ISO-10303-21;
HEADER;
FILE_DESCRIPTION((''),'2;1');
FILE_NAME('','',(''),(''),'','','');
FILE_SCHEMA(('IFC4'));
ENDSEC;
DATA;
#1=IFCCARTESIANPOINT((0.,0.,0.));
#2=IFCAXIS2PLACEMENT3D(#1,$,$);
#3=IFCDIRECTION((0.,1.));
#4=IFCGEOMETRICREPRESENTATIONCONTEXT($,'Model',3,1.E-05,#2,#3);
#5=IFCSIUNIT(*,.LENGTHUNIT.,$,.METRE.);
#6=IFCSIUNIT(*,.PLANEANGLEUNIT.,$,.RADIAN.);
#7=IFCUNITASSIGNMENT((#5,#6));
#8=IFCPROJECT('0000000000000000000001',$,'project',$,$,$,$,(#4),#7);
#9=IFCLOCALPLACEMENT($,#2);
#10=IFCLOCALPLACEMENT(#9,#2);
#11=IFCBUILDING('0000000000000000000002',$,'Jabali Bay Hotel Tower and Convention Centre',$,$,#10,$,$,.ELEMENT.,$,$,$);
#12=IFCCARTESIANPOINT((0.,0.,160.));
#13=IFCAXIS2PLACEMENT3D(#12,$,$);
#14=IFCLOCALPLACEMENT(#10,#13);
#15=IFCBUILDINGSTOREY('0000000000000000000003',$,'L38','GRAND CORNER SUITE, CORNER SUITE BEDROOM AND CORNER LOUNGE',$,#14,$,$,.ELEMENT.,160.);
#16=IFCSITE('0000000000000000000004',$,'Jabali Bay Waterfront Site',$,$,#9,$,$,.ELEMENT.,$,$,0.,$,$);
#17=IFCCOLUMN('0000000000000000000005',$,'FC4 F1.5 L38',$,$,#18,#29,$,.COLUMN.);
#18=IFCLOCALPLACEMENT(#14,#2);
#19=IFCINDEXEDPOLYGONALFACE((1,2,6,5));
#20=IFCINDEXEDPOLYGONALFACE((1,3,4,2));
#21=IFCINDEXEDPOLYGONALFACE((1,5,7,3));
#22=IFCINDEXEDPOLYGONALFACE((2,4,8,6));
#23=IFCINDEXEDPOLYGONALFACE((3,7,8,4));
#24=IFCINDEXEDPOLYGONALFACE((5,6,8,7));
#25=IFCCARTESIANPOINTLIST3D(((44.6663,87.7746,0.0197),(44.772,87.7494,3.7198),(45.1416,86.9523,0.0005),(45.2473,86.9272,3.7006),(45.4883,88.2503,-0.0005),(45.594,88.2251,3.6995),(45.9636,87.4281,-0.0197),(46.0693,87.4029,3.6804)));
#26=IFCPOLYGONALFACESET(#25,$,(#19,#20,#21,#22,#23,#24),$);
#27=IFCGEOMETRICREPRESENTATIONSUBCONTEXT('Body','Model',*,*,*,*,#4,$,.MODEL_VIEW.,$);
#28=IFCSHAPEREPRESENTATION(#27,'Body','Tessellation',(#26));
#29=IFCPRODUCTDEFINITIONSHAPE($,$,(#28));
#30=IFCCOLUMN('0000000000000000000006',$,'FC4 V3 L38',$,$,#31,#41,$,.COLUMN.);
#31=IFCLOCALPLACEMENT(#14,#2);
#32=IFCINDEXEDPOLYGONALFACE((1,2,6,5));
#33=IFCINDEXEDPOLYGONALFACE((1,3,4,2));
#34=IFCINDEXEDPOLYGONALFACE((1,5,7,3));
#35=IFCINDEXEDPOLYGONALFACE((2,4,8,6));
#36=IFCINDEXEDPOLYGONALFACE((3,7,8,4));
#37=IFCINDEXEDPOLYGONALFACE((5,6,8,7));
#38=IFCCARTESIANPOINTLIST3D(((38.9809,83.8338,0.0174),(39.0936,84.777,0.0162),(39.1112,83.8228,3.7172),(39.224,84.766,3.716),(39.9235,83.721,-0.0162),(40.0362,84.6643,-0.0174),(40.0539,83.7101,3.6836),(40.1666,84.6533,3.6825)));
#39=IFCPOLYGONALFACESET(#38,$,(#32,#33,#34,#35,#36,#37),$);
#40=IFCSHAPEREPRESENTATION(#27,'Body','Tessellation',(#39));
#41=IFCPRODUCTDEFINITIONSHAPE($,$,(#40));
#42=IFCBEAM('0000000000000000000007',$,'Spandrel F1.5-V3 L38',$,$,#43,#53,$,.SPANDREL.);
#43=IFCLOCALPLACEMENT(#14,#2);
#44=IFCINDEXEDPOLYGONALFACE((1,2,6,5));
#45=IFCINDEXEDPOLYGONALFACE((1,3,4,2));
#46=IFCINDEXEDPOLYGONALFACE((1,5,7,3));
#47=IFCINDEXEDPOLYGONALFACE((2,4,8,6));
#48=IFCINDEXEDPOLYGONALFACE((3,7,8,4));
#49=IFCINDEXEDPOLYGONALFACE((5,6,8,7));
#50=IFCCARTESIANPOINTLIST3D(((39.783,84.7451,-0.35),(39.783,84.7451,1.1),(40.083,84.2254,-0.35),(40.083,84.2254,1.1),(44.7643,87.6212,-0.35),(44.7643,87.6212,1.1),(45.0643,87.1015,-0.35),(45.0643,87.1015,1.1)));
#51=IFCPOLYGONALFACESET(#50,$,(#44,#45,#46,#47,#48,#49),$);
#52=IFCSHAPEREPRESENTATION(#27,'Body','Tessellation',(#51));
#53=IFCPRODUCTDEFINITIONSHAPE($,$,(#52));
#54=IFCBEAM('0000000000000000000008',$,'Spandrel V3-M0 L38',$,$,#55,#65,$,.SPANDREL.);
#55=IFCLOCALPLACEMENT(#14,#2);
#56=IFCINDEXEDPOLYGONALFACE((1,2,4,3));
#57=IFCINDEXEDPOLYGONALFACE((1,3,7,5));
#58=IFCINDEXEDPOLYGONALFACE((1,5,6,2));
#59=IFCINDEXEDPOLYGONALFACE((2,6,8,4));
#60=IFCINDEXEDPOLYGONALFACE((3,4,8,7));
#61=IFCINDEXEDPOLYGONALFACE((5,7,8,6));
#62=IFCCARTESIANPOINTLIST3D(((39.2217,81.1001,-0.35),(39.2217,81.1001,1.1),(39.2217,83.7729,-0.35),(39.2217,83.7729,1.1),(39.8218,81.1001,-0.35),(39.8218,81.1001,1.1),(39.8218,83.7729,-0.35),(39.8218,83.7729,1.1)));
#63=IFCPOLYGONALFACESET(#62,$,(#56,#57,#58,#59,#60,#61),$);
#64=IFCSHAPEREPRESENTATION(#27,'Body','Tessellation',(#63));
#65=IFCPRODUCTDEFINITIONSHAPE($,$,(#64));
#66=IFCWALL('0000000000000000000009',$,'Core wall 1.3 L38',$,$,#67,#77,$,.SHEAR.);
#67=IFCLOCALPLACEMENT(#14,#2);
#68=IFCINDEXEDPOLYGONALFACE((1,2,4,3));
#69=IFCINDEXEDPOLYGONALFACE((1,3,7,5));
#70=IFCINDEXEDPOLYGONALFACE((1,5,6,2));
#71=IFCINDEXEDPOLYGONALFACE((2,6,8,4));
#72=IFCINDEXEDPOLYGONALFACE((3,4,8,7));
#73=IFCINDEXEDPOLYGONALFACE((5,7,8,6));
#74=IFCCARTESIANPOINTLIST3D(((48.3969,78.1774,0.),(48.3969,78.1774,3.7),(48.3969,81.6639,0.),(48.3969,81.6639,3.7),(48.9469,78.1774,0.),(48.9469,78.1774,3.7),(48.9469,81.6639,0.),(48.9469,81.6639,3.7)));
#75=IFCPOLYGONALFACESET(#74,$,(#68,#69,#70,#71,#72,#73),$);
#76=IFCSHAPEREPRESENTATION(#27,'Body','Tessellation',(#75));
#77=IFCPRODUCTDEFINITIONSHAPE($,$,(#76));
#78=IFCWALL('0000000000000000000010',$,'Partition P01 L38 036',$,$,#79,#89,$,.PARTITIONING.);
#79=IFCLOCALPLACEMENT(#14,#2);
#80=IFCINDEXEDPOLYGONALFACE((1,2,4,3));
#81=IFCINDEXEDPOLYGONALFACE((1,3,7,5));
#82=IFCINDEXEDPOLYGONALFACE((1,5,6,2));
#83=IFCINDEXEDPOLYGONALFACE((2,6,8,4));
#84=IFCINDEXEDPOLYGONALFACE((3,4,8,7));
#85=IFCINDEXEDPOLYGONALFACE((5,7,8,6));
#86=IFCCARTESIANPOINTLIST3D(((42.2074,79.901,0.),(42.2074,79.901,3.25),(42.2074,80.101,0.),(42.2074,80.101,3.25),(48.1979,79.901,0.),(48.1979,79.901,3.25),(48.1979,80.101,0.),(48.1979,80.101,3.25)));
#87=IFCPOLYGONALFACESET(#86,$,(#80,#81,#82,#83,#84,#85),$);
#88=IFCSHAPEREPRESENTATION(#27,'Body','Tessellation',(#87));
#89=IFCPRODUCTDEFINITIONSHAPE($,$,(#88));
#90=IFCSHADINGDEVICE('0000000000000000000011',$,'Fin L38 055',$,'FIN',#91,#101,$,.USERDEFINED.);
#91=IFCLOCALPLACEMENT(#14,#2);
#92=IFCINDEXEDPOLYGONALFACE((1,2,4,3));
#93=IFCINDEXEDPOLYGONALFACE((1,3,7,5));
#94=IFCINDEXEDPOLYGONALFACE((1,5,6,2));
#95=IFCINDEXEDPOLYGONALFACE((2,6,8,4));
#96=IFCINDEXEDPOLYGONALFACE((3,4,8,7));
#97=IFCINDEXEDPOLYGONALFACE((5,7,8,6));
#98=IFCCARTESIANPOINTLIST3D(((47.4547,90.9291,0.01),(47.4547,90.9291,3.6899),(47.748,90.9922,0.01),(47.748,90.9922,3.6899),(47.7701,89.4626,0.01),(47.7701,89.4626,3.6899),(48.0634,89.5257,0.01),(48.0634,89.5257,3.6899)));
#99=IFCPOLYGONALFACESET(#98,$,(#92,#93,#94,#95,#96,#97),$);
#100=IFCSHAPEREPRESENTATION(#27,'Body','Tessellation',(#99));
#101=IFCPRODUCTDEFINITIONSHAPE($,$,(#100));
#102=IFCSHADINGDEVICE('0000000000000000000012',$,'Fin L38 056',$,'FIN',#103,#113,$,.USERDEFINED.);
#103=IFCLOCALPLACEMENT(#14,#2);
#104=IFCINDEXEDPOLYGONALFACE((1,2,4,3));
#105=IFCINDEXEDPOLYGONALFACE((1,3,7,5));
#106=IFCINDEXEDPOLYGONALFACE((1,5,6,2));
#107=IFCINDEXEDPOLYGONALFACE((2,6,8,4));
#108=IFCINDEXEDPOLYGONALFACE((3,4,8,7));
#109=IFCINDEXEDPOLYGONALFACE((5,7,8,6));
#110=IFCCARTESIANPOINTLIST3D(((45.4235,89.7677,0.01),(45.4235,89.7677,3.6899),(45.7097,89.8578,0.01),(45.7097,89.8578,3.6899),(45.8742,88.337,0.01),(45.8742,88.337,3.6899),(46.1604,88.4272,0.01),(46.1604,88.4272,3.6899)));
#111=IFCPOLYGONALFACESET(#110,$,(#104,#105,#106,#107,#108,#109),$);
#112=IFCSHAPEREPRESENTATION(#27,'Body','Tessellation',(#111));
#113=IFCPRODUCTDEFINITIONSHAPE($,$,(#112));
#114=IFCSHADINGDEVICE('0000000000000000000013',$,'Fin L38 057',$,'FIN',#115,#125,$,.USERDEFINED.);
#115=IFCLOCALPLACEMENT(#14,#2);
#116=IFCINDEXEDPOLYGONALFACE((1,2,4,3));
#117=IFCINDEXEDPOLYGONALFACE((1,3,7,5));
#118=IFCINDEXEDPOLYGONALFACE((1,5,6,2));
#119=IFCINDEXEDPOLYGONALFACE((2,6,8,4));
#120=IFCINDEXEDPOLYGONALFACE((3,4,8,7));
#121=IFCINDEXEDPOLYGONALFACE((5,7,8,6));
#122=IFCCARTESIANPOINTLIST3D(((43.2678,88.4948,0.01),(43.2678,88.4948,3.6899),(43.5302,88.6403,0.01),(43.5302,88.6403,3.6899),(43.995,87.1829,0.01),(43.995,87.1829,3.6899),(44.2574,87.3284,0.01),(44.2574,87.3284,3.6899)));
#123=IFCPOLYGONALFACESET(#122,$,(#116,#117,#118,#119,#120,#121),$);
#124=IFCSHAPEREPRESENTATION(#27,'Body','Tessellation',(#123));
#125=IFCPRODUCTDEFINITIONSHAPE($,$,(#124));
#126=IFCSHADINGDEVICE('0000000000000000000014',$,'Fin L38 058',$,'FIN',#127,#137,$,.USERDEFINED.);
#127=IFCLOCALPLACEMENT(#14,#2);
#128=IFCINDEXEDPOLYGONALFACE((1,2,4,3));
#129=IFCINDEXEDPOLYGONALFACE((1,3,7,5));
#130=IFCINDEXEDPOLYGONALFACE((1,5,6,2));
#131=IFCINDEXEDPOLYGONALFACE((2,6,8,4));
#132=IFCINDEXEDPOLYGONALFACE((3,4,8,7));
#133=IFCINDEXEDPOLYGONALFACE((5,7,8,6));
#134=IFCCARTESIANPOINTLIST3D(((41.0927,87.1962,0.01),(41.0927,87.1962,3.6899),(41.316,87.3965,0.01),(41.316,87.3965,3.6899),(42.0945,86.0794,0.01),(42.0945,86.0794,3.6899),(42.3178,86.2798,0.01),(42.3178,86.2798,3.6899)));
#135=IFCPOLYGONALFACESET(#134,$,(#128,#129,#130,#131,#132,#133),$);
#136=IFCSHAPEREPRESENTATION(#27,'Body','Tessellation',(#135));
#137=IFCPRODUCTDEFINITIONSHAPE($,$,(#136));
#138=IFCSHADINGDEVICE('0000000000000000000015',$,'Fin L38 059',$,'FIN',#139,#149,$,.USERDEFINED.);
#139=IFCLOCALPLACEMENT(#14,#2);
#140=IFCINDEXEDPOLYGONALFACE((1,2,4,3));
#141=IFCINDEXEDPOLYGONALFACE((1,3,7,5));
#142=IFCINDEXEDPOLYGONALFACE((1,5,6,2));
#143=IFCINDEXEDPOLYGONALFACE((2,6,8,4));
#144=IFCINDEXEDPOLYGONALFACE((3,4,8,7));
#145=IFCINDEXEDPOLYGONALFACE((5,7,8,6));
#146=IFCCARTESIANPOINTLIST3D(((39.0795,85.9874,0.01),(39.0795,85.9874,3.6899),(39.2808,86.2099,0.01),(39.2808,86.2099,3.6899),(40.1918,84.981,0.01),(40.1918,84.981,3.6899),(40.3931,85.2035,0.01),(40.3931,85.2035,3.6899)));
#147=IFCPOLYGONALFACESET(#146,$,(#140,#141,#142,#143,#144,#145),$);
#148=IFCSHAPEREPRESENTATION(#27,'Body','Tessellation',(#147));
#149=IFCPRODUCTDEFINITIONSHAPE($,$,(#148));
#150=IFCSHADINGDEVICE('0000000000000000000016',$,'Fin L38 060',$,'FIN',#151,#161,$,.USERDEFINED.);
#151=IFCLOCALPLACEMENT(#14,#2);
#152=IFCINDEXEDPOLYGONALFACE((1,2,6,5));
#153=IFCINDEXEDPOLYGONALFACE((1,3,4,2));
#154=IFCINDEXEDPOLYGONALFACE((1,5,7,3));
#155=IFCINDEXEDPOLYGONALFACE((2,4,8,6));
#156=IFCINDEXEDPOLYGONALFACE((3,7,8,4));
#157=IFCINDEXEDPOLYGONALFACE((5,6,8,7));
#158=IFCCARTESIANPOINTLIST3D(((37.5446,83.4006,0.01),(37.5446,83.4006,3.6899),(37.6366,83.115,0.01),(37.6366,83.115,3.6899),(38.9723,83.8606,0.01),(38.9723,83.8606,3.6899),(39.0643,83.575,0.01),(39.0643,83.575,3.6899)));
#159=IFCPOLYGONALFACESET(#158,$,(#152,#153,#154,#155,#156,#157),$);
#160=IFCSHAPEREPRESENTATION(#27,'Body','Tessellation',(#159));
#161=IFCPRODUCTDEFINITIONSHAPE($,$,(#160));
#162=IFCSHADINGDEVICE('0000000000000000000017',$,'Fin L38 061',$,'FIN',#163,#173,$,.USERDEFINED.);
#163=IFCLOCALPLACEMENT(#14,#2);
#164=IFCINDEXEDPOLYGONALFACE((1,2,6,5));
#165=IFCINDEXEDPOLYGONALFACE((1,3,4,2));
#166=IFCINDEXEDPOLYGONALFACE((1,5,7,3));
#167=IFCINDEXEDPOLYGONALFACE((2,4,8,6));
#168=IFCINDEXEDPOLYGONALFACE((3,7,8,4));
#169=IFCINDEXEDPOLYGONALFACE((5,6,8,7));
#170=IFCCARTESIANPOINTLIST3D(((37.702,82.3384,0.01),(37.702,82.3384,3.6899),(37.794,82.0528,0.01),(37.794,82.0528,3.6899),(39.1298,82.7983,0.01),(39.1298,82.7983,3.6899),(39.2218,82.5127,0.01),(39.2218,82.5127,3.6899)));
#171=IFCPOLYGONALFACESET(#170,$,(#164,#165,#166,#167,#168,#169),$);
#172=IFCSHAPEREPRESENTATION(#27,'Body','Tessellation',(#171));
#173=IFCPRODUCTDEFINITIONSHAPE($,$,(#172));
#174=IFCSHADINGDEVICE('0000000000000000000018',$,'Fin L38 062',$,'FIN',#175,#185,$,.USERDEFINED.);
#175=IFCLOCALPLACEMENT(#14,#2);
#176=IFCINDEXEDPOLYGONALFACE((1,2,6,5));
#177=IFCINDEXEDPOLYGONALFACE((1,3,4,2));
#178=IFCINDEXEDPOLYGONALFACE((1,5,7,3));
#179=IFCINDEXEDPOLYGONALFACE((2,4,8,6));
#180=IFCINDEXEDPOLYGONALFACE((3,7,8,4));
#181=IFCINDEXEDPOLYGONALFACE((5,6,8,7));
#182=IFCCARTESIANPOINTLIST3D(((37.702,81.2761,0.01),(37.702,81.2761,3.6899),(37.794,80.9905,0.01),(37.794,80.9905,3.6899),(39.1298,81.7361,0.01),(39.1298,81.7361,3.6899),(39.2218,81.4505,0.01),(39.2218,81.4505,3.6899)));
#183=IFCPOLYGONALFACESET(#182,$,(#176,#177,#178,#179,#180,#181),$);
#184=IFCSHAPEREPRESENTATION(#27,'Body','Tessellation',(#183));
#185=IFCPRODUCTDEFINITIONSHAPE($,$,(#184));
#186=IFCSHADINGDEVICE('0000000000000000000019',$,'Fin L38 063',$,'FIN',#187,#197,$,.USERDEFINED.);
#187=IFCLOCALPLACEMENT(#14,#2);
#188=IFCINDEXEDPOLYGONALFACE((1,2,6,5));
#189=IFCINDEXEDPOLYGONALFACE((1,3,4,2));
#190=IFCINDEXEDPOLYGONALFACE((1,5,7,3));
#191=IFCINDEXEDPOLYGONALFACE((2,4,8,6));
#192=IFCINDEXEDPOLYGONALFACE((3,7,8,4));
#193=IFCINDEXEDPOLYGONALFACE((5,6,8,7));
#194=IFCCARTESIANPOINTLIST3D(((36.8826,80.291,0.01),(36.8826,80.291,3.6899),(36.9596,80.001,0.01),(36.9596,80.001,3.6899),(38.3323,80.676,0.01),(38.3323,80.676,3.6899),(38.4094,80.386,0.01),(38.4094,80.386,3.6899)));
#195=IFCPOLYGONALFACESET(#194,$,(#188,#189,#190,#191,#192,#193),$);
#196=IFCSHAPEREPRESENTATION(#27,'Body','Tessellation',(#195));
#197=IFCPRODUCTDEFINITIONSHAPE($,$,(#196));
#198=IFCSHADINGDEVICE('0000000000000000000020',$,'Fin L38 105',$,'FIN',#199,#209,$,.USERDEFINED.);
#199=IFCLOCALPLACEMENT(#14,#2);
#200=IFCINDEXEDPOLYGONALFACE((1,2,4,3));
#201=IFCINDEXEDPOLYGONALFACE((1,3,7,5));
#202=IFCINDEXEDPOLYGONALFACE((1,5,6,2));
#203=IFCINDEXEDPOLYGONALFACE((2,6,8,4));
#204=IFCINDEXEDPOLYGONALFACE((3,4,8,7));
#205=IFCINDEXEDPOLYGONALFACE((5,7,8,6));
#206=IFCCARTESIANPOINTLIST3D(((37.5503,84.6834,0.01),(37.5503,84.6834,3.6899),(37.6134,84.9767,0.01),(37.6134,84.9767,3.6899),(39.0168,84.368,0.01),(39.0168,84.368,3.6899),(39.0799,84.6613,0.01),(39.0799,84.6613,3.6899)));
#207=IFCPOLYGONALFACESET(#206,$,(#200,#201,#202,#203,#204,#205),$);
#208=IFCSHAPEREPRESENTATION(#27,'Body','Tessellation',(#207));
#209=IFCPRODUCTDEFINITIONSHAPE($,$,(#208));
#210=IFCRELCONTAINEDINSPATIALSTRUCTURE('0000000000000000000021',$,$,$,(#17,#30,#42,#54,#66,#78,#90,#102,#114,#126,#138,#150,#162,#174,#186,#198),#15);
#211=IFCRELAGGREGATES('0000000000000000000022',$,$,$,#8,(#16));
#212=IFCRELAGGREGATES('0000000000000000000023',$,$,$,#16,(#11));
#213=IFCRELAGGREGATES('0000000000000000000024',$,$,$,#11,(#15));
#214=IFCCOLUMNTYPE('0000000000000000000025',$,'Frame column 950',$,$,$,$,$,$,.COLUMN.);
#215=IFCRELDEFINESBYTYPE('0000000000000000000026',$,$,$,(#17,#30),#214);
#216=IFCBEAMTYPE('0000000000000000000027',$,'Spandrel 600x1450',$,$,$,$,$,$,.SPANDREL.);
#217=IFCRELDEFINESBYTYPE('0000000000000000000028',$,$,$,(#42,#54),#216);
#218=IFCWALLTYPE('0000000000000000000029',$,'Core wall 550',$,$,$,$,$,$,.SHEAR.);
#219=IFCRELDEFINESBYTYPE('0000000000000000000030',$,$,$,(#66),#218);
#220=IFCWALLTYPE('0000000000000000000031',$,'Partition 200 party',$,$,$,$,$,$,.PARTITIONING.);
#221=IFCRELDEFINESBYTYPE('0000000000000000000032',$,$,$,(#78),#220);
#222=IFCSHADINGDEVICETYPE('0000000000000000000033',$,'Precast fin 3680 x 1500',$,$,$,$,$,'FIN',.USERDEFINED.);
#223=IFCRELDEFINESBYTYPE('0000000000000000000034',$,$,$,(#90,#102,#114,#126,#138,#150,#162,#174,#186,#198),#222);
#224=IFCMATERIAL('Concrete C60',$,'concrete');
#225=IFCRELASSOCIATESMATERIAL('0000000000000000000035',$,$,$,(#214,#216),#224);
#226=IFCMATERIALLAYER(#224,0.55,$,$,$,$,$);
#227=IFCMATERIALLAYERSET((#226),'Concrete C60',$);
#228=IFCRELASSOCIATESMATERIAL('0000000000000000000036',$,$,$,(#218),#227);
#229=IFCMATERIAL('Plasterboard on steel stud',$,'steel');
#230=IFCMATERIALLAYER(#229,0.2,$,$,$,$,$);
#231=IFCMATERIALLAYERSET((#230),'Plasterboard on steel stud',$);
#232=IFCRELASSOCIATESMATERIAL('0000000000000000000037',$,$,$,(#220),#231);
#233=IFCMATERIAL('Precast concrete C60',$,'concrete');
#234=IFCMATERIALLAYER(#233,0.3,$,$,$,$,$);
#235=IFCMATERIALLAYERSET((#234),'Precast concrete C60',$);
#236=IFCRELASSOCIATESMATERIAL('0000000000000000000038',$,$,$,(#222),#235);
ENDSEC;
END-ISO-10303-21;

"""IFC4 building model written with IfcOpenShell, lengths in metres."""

from ifc_helpers import new_model, si_unit, direction, frame, frame_2d, origin, origin_2d, place, context, subcontext, project, spatial, rectangle, extrude, material, layer, layer_set, material_profile, profile_set, type_object, element, save


model = new_model("IFC4")

# Units and contexts
model_context = context("Model", 3, precision=1e-05, world=origin(), true_north=direction((0.0, 1.0)))
body_context = subcontext(model_context, "Body", "Model", "MODEL_VIEW")
ifc_project = project(units=[si_unit("LENGTHUNIT", "METRE"), si_unit("PLANEANGLEUNIT", "RADIAN")], contexts=[model_context])

# Site, building, storey
site_placement = place(None, origin())
site = spatial("IfcSite", under=ifc_project, at=site_placement, Name="Jabali Bay Waterfront Site", CompositionType="ELEMENT", RefElevation=0.0)
building_placement = place(site_placement, origin())
building = spatial("IfcBuilding", under=site, at=building_placement, Name="Jabali Bay Hotel Tower and Convention Centre", CompositionType="ELEMENT")
storey_placement = place(building_placement, frame((0.0, 0.0, 160.0)))
storey = spatial("IfcBuildingStorey", under=building, at=storey_placement, Name="L38", Description="GRAND CORNER SUITE, CORNER SUITE BEDROOM AND CORNER LOUNGE", CompositionType="ELEMENT", Elevation=160.0)

# Columns
ifc_material_1 = material(Name="Concrete C60", Category="concrete")
ifc_material_profile_1 = material_profile(ifc_material_1, rectangle(XDim=0.95, YDim=0.95, at=origin_2d()), Name="Frame column 950")
ifc_profile_set_1 = profile_set([ifc_material_profile_1], Name="Concrete C60")
column_type = type_object("IfcColumnType", Name="Frame column 950", PredefinedType="COLUMN", material=ifc_profile_set_1)
column_1_placement = place(storey_placement, frame((45.3149, 87.6013, 0.0), z_axis=(0.028559, -0.006794, 0.999569), x_axis=(-0.500414, 0.865551, 0.02018)))
element("IfcColumn", 1, at=column_1_placement, inside=storey, type_object=column_type, Name="FC4 F1.5 L38", PredefinedType="COLUMN", context=body_context, shape_type="SweptSolid", body=[
    extrude(rectangle(XDim=0.95, YDim=0.95, at=origin_2d()), origin(), (0.0, 0.0, 1.0), 3.7017),
])
column_2_placement = place(storey_placement, frame((39.5085, 84.249, 0.0), z_axis=(0.035214, -0.002967, 0.999375), x_axis=(-0.992307, 0.118656, 0.035317)))
element("IfcColumn", 2, at=column_2_placement, inside=storey, type_object=column_type, Name="FC4 V3 L38", PredefinedType="COLUMN", context=body_context, shape_type="SweptSolid", body=[
    extrude(rectangle(XDim=0.95, YDim=0.95, at=origin_2d()), origin(), (0.0, 0.0, 1.0), 3.7021),
])

# Beams
ifc_material_profile_2 = material_profile(ifc_material_1, rectangle(XDim=0.6001, YDim=1.45, at=origin_2d()), Name="Spandrel 600x1450")
ifc_profile_set_2 = profile_set([ifc_material_profile_2], Name="Concrete C60")
beam_type = type_object("IfcBeamType", Name="Spandrel 600x1450", PredefinedType="SPANDREL", material=ifc_profile_set_2)
beam_1_placement = place(storey_placement, frame((44.9143, 87.3613, 0.375), z_axis=(-0.866019, -0.50001, 0.0), x_axis=(0.50001, -0.866019, 0.0)))
element("IfcBeam", 3, at=beam_1_placement, inside=storey, type_object=beam_type, Name="Spandrel F1.5-V3 L38", PredefinedType="SPANDREL", context=body_context, shape_type="SweptSolid", body=[
    extrude(rectangle(XDim=0.6001, YDim=1.45, at=origin_2d()), origin(), (0.0, 0.0, 1.0), 5.752),
])
beam_2_placement = place(storey_placement, frame((39.5217, 83.7729, 0.375), z_axis=(0.0, -1.0, 0.0), x_axis=(1.0, 0.0, 0.0)))
element("IfcBeam", 4, at=beam_2_placement, inside=storey, type_object=beam_type, Name="Spandrel V3-M0 L38", PredefinedType="SPANDREL", context=body_context, shape_type="SweptSolid", body=[
    extrude(rectangle(XDim=0.6001, YDim=1.45, at=origin_2d()), origin(), (0.0, 0.0, 1.0), 2.6729),
])

# Wall
ifc_layer_1 = layer(ifc_material_1, 0.55)
ifc_layer_set_1 = layer_set([ifc_layer_1], Name="Concrete C60")
wall_type_1 = type_object("IfcWallType", Name="Core wall 550", PredefinedType="SHEAR", material=ifc_layer_set_1)
wall_1_placement = place(storey_placement, frame((48.6719, 81.6638, 0.0), z_axis=(0.0, 0.0, 1.0), x_axis=(0.0, -1.0, 0.0)))
element("IfcWall", 5, at=wall_1_placement, inside=storey, type_object=wall_type_1, Name="Core wall 1.3 L38", PredefinedType="SHEAR", context=body_context, shape_type="SweptSolid", body=[
    extrude(rectangle(XDim=3.4866, YDim=0.55, at=frame_2d((1.7432, 0.0))), origin(), (0.0, 0.0, 1.0), 3.7),
])

# Wall
ifc_material_2 = material(Name="Plasterboard on steel stud", Category="steel")
ifc_layer_2 = layer(ifc_material_2, 0.2)
ifc_layer_set_2 = layer_set([ifc_layer_2], Name="Plasterboard on steel stud")
wall_type_2 = type_object("IfcWallType", Name="Partition 200 party", PredefinedType="PARTITIONING", material=ifc_layer_set_2)
wall_2_placement = place(storey_placement, frame((42.2075, 80.001, 0.0), z_axis=(0.0, 0.0, 1.0), x_axis=(1.0, 0.0, 0.0)))
element("IfcWall", 6, at=wall_2_placement, inside=storey, type_object=wall_type_2, Name="Partition P01 L38 036", PredefinedType="PARTITIONING", context=body_context, shape_type="SweptSolid", body=[
    extrude(rectangle(XDim=5.9905, YDim=0.2, at=frame_2d((2.9951, 0.0))), origin(), (0.0, 0.0, 1.0), 3.25),
])

# Shading devices
ifc_material_3 = material(Name="Precast concrete C60", Category="concrete")
ifc_layer_3 = layer(ifc_material_3, 0.3)
ifc_layer_set_3 = layer_set([ifc_layer_3], Name="Precast concrete C60")
shading_device_type = type_object("IfcShadingDeviceType", Name="Precast fin 3680 x 1500", ElementType="FIN", PredefinedType="USERDEFINED", material=ifc_layer_set_3)
for number, where, z_axis, x_axis, name in (
    (7, (47.9167, 89.4941, 0.01), (0.0, 0.0, 1.0), (-0.210274, 0.977643, 0.0), "Fin L38 055"),
    (8, (46.0173, 88.3821, 0.01), (0.0, 0.0, 1.0), (-0.300461, 0.953794, 0.0), "Fin L38 056"),
    (9, (44.1262, 87.2556, 0.01), (0.0, 0.0, 1.0), (-0.484827, 0.87461, 0.0), "Fin L38 057"),
):
    element("IfcShadingDevice", number, at=place(storey_placement, frame(where, z_axis=z_axis, x_axis=x_axis)), inside=storey, type_object=shading_device_type, Name=name, ObjectType="FIN", PredefinedType="USERDEFINED", context=body_context, shape_type="SweptSolid", body=[
        extrude(rectangle(XDim=1.5, YDim=0.3, at=frame_2d((0.75, 0.0))), origin(), (0.0, 0.0, 1.0), 3.6799),
    ])
shading_device_placement = place(storey_placement, frame((42.2061, 86.1797, 0.01), z_axis=(0.0, 0.0, 1.0), x_axis=(-0.667741, 0.744394, 0.0)))
element("IfcShadingDevice", 10, at=shading_device_placement, inside=storey, type_object=shading_device_type, Name="Fin L38 058", ObjectType="FIN", PredefinedType="USERDEFINED", context=body_context, shape_type="SweptSolid", body=[
    extrude(rectangle(XDim=1.5002, YDim=0.3, at=frame_2d((0.75, 0.0))), origin(), (0.0, 0.0, 1.0), 3.6799),
])
for number, where, z_axis, x_axis, name in (
    (11, (40.2925, 85.0923, 0.01), (0.0, 0.0, 1.0), (-0.741543, 0.670905, 0.0), "Fin L38 059"),
    (12, (39.0183, 83.7178, 0.01), (0.0, 0.0, 1.0), (-0.951825, -0.306641, 0.0), "Fin L38 060"),
    (13, (39.1758, 82.6555, 0.01), (0.0, 0.0, 1.0), (-0.951825, -0.306641, 0.0), "Fin L38 061"),
    (14, (39.1758, 81.5933, 0.01), (0.0, 0.0, 1.0), (-0.951825, -0.306641, 0.0), "Fin L38 062"),
    (15, (38.3708, 80.531, 0.01), (0.0, 0.0, 1.0), (-0.966496, -0.25668, 0.0), "Fin L38 063"),
    (16, (39.0483, 84.5146, 0.01), (0.0, 0.0, 1.0), (-0.977643, 0.210274, 0.0), "Fin L38 105"),
):
    element("IfcShadingDevice", number, at=place(storey_placement, frame(where, z_axis=z_axis, x_axis=x_axis)), inside=storey, type_object=shading_device_type, Name=name, ObjectType="FIN", PredefinedType="USERDEFINED", context=body_context, shape_type="SweptSolid", body=[
        extrude(rectangle(XDim=1.5, YDim=0.3, at=frame_2d((0.75, 0.0))), origin(), (0.0, 0.0, 1.0), 3.6799),
    ])

save(model, "model.ifc")
